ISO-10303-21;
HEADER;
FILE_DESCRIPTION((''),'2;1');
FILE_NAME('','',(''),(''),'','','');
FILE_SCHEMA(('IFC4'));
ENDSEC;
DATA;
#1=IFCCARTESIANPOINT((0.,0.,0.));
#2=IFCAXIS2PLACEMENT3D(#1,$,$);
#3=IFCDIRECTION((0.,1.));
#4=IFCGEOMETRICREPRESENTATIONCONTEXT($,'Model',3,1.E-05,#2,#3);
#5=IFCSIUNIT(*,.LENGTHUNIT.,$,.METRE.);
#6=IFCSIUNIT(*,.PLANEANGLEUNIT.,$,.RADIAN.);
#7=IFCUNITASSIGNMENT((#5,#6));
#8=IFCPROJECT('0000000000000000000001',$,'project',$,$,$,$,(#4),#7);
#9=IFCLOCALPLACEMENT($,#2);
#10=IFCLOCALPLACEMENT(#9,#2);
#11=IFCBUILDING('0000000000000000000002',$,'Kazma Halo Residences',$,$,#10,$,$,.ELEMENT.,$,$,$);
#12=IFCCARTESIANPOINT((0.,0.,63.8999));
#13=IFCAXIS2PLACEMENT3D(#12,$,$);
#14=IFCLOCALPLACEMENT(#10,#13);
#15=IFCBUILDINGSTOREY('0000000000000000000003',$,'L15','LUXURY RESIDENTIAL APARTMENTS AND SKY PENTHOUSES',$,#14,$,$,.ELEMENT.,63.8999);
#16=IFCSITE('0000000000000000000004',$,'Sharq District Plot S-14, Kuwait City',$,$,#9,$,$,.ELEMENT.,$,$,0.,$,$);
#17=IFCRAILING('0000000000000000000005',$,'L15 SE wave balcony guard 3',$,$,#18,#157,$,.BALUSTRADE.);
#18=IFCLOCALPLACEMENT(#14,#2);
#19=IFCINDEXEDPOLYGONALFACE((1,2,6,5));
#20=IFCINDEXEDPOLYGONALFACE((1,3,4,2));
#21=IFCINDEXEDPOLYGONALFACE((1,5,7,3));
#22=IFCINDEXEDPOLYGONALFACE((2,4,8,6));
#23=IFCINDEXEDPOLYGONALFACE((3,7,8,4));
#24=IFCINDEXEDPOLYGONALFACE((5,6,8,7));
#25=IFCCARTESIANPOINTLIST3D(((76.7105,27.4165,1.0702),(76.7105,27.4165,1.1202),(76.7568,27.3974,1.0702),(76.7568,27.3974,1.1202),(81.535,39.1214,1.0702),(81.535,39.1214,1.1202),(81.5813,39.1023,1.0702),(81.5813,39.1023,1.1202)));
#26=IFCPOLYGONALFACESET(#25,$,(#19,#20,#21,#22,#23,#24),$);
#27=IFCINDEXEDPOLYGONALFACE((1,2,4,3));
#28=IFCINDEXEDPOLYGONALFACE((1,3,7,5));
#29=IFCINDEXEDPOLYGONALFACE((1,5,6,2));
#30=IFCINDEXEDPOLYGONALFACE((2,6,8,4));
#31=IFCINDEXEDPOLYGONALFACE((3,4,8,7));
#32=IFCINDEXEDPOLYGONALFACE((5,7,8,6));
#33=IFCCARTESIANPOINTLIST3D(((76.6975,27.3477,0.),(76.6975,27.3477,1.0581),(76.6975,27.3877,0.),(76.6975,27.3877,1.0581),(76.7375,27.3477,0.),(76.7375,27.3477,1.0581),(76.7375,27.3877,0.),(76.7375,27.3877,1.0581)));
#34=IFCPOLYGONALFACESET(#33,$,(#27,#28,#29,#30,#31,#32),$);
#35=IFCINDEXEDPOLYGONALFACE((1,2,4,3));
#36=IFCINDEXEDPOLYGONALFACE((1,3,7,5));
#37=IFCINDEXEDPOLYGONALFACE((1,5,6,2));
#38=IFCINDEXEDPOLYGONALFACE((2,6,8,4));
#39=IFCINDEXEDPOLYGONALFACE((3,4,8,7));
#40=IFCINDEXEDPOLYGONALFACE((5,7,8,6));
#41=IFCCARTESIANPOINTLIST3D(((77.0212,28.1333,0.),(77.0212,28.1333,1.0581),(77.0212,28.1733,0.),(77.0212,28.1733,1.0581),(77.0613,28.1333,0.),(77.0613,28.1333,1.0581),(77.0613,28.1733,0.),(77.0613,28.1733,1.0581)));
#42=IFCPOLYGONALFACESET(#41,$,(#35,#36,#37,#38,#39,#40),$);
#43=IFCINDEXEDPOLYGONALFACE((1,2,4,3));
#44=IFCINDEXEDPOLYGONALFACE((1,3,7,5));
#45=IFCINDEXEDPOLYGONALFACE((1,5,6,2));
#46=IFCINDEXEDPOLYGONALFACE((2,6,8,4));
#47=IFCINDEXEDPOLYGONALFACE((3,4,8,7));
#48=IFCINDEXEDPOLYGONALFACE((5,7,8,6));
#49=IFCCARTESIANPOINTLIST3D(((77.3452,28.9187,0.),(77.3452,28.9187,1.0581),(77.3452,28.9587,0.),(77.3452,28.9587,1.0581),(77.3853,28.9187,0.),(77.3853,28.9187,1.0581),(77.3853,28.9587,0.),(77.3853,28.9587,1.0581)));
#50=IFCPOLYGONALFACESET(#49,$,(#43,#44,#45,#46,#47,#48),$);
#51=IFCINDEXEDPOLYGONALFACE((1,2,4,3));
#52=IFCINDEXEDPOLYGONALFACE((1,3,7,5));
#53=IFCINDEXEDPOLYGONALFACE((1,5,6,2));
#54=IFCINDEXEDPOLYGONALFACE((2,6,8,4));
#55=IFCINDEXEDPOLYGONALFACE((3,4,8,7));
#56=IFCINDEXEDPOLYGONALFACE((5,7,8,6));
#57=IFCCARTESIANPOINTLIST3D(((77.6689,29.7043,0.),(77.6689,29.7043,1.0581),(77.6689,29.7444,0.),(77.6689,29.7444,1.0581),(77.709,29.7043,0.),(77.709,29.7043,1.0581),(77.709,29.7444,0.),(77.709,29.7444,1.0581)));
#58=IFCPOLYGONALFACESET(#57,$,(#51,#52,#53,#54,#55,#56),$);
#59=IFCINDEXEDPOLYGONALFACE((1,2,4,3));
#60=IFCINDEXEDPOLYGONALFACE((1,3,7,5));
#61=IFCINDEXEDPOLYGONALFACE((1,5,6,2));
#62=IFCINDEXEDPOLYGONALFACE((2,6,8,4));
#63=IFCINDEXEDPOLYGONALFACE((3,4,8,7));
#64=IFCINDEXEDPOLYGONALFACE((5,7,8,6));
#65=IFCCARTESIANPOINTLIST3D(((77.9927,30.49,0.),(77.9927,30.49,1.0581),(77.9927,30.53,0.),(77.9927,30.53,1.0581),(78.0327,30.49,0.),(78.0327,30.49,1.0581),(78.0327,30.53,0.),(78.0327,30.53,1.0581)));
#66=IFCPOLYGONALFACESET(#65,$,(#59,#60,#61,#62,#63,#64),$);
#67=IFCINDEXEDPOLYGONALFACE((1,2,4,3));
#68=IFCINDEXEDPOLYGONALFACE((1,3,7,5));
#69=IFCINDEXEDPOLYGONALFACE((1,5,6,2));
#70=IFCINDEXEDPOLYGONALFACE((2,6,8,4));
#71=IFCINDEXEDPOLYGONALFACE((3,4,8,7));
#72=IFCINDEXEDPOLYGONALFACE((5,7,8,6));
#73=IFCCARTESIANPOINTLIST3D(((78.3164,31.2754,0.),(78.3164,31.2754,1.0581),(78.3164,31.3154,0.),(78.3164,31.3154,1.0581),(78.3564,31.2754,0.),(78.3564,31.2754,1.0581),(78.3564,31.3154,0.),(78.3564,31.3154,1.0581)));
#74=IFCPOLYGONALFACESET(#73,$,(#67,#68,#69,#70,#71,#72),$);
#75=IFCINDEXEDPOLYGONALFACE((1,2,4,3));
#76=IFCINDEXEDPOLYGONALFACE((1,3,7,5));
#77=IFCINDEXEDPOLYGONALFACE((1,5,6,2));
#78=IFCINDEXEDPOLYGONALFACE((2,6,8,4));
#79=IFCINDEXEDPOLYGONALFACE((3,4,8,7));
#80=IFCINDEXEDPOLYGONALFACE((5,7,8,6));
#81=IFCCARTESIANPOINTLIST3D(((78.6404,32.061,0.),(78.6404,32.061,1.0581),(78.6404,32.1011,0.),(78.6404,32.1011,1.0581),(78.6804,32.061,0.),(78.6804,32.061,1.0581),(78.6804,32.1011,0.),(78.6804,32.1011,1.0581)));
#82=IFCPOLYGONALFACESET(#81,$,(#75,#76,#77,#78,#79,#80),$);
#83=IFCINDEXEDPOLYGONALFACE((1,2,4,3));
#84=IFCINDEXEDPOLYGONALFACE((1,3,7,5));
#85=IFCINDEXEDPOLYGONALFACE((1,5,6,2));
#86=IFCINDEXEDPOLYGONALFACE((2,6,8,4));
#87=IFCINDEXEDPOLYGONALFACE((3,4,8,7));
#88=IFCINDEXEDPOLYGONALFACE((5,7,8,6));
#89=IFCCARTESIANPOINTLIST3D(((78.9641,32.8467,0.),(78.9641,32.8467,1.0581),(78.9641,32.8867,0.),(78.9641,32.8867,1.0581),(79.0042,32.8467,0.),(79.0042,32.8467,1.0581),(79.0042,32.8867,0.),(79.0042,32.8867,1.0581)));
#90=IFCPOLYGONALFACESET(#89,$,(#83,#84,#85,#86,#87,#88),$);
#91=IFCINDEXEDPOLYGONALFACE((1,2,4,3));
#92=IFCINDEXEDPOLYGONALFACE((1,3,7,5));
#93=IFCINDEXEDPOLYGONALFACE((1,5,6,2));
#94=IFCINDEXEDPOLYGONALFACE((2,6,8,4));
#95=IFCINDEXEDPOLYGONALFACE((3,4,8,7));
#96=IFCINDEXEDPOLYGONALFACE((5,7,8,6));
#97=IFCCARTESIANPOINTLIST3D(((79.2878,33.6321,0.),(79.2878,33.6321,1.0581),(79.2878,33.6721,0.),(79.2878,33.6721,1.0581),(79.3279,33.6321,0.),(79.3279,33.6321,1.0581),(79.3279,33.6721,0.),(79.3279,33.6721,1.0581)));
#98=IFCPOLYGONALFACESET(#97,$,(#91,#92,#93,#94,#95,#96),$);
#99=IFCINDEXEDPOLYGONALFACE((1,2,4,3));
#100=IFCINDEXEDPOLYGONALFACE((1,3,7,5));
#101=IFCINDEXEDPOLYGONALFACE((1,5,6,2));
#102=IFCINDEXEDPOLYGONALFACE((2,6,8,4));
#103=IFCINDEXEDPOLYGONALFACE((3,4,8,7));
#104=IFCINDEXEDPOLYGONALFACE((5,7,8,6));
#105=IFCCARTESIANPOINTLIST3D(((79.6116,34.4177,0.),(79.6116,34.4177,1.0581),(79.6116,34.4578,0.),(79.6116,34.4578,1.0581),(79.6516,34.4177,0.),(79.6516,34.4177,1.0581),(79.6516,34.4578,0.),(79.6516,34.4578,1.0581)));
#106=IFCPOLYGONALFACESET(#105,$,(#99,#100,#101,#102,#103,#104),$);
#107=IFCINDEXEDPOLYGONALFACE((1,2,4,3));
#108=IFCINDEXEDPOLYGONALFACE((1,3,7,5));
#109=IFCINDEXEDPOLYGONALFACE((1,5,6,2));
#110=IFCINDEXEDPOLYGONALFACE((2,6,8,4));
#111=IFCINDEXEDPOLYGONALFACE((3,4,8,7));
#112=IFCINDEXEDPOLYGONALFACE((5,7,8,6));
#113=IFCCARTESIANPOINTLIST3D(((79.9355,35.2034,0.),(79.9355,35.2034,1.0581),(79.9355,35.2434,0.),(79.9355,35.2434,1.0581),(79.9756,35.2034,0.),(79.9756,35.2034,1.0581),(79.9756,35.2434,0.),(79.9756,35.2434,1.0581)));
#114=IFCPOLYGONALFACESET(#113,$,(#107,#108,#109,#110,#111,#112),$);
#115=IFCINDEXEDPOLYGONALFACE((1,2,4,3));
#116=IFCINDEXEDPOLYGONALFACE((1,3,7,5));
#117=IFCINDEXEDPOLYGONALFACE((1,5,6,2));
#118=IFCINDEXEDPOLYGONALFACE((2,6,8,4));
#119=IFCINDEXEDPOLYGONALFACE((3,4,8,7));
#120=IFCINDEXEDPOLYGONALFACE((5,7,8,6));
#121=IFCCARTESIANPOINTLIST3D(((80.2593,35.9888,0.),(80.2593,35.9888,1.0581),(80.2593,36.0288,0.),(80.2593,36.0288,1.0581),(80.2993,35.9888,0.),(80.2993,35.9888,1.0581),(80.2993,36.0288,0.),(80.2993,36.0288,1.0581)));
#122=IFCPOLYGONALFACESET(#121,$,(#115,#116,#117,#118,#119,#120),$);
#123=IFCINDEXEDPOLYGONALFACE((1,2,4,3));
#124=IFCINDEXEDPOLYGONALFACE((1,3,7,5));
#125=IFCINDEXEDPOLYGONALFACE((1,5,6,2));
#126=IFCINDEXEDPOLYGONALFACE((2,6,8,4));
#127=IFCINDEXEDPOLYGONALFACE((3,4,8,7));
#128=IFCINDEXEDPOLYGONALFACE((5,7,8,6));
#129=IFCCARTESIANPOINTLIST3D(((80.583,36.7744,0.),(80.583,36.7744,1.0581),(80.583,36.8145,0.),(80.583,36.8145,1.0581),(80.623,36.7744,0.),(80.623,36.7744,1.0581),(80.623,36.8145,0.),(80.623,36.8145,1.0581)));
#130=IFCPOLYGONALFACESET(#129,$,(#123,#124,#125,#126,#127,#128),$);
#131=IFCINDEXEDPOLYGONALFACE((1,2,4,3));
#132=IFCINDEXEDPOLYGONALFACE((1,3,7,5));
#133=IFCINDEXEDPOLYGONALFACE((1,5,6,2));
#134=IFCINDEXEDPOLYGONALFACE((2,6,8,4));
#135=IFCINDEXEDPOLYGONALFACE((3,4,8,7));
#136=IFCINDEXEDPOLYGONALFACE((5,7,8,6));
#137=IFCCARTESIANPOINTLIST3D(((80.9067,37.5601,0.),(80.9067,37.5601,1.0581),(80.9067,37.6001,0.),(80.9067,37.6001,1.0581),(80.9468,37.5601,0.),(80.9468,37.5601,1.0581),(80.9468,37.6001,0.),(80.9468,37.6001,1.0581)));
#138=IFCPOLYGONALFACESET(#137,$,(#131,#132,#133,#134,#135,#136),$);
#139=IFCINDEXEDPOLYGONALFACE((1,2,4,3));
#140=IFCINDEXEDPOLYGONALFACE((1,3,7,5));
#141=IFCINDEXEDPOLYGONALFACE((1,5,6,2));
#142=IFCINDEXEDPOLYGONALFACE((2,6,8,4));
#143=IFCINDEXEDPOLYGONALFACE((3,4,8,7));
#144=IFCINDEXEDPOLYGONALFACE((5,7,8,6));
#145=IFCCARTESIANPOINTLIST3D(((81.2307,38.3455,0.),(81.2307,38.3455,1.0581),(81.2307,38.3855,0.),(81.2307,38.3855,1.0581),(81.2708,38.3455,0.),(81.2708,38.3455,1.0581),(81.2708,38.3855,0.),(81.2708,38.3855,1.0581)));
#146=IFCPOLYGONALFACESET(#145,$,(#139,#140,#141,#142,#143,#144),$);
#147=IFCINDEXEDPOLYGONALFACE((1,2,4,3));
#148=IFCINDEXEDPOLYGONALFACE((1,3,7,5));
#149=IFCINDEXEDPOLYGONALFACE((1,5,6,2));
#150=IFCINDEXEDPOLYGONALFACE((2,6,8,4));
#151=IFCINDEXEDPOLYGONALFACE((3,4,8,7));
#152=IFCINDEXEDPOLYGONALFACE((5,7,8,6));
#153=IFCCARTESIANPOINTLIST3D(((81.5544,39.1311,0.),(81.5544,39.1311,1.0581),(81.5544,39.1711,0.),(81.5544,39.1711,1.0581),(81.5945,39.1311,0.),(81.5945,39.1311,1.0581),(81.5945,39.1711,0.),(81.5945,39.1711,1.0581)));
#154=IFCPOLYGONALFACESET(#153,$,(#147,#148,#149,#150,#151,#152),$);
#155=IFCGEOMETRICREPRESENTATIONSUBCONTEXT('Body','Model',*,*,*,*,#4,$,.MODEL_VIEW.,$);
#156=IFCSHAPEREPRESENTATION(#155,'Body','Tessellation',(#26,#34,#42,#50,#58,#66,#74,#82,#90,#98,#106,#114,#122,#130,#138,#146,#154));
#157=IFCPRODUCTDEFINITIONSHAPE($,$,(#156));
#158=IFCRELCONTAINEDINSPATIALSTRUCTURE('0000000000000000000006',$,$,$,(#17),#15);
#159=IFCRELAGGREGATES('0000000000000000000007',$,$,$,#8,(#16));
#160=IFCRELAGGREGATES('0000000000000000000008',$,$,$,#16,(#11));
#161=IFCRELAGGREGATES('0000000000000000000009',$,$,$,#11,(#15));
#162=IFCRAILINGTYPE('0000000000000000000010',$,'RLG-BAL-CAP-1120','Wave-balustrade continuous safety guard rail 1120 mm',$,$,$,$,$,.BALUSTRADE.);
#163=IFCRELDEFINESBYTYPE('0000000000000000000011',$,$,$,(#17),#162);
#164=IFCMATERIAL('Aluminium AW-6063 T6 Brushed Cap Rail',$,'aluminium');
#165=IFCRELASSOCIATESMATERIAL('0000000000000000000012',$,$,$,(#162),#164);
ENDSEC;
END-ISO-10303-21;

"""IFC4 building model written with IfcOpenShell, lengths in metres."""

from ifc_helpers import new_model, si_unit, direction, frame, origin, origin_2d, place, context, subcontext, project, spatial, rectangle, extrude, material, type_object, element, save


model = new_model("IFC4")

# Units and contexts
model_context = context("Model", 3, precision=1e-05, world=origin(), true_north=direction((0.0, 1.0)))
body_context = subcontext(model_context, "Body", "Model", "MODEL_VIEW")
ifc_project = project(units=[si_unit("LENGTHUNIT", "METRE"), si_unit("PLANEANGLEUNIT", "RADIAN")], contexts=[model_context])

# Site, building, storey
site_placement = place(None, origin())
site = spatial("IfcSite", under=ifc_project, at=site_placement, Name="Sharq District Plot S-14, Kuwait City", CompositionType="ELEMENT", RefElevation=0.0)
building_placement = place(site_placement, origin())
building = spatial("IfcBuilding", under=site, at=building_placement, Name="Kazma Halo Residences", CompositionType="ELEMENT")
storey_placement = place(building_placement, frame((0.0, 0.0, 63.8999)))
storey = spatial("IfcBuildingStorey", under=building, at=storey_placement, Name="L15", Description="LUXURY RESIDENTIAL APARTMENTS AND SKY PENTHOUSES", CompositionType="ELEMENT", Elevation=63.8999)

# Railing
ifc_material_1 = material(Name="Aluminium AW-6063 T6 Brushed Cap Rail", Category="aluminium")
railing_type = type_object("IfcRailingType", Name="RLG-BAL-CAP-1120", Description="Wave-balustrade continuous safety guard rail 1120 mm", PredefinedType="BALUSTRADE", material=ifc_material_1)
railing_1_placement = place(storey_placement, frame((76.7175, 27.3677, 0.0)))
element("IfcRailing", 1, at=railing_1_placement, inside=storey, type_object=railing_type, Name="L15 SE wave balcony guard 3", PredefinedType="BALUSTRADE", context=body_context, shape_type="SweptSolid", body=[
    extrude(rectangle(XDim=0.05, YDim=0.05, at=origin_2d()), frame((0.0161, 0.0393, 1.0952), z_axis=(0.38108, 0.924542, 0.0), x_axis=(-0.924542, 0.38108, 0.0)), (0.0, 0.0, 1.0), 12.6602),
    extrude(rectangle(XDim=0.04, YDim=0.04, at=origin_2d()), origin(), (0.0, 0.0, 1.0), 1.0581),
    extrude(rectangle(XDim=0.04, YDim=0.04, at=origin_2d()), frame((0.3237, 0.7856, 0.0)), (0.0, 0.0, 1.0), 1.0581),
    extrude(rectangle(XDim=0.04, YDim=0.04, at=origin_2d()), frame((0.6477, 1.571, 0.0)), (0.0, 0.0, 1.0), 1.0581),
    extrude(rectangle(XDim=0.04, YDim=0.04, at=origin_2d()), frame((0.9714, 2.3567, 0.0)), (0.0, 0.0, 1.0), 1.0581),
    extrude(rectangle(XDim=0.04, YDim=0.04, at=origin_2d()), frame((1.2952, 3.1423, 0.0)), (0.0, 0.0, 1.0), 1.0581),
    extrude(rectangle(XDim=0.04, YDim=0.04, at=origin_2d()), frame((1.6189, 3.9277, 0.0)), (0.0, 0.0, 1.0), 1.0581),
    extrude(rectangle(XDim=0.04, YDim=0.04, at=origin_2d()), frame((1.9429, 4.7134, 0.0)), (0.0, 0.0, 1.0), 1.0581),
    extrude(rectangle(XDim=0.04, YDim=0.04, at=origin_2d()), frame((2.2666, 5.499, 0.0)), (0.0, 0.0, 1.0), 1.0581),
    extrude(rectangle(XDim=0.04, YDim=0.04, at=origin_2d()), frame((2.5903, 6.2844, 0.0)), (0.0, 0.0, 1.0), 1.0581),
    extrude(rectangle(XDim=0.04, YDim=0.04, at=origin_2d()), frame((2.9141, 7.0701, 0.0)), (0.0, 0.0, 1.0), 1.0581),
    extrude(rectangle(XDim=0.04, YDim=0.04, at=origin_2d()), frame((3.238, 7.8557, 0.0)), (0.0, 0.0, 1.0), 1.0581),
    extrude(rectangle(XDim=0.04, YDim=0.04, at=origin_2d()), frame((3.5618, 8.6411, 0.0)), (0.0, 0.0, 1.0), 1.0581),
    extrude(rectangle(XDim=0.04, YDim=0.04, at=origin_2d()), frame((3.8855, 9.4268, 0.0)), (0.0, 0.0, 1.0), 1.0581),
    extrude(rectangle(XDim=0.04, YDim=0.04, at=origin_2d()), frame((4.2092, 10.2124, 0.0)), (0.0, 0.0, 1.0), 1.0581),
    extrude(rectangle(XDim=0.04, YDim=0.04, at=origin_2d()), frame((4.5332, 10.9978, 0.0)), (0.0, 0.0, 1.0), 1.0581),
    extrude(rectangle(XDim=0.04, YDim=0.04, at=origin_2d()), frame((4.8569, 11.7834, 0.0)), (0.0, 0.0, 1.0), 1.0581),
])

save(model, "model.ifc")
